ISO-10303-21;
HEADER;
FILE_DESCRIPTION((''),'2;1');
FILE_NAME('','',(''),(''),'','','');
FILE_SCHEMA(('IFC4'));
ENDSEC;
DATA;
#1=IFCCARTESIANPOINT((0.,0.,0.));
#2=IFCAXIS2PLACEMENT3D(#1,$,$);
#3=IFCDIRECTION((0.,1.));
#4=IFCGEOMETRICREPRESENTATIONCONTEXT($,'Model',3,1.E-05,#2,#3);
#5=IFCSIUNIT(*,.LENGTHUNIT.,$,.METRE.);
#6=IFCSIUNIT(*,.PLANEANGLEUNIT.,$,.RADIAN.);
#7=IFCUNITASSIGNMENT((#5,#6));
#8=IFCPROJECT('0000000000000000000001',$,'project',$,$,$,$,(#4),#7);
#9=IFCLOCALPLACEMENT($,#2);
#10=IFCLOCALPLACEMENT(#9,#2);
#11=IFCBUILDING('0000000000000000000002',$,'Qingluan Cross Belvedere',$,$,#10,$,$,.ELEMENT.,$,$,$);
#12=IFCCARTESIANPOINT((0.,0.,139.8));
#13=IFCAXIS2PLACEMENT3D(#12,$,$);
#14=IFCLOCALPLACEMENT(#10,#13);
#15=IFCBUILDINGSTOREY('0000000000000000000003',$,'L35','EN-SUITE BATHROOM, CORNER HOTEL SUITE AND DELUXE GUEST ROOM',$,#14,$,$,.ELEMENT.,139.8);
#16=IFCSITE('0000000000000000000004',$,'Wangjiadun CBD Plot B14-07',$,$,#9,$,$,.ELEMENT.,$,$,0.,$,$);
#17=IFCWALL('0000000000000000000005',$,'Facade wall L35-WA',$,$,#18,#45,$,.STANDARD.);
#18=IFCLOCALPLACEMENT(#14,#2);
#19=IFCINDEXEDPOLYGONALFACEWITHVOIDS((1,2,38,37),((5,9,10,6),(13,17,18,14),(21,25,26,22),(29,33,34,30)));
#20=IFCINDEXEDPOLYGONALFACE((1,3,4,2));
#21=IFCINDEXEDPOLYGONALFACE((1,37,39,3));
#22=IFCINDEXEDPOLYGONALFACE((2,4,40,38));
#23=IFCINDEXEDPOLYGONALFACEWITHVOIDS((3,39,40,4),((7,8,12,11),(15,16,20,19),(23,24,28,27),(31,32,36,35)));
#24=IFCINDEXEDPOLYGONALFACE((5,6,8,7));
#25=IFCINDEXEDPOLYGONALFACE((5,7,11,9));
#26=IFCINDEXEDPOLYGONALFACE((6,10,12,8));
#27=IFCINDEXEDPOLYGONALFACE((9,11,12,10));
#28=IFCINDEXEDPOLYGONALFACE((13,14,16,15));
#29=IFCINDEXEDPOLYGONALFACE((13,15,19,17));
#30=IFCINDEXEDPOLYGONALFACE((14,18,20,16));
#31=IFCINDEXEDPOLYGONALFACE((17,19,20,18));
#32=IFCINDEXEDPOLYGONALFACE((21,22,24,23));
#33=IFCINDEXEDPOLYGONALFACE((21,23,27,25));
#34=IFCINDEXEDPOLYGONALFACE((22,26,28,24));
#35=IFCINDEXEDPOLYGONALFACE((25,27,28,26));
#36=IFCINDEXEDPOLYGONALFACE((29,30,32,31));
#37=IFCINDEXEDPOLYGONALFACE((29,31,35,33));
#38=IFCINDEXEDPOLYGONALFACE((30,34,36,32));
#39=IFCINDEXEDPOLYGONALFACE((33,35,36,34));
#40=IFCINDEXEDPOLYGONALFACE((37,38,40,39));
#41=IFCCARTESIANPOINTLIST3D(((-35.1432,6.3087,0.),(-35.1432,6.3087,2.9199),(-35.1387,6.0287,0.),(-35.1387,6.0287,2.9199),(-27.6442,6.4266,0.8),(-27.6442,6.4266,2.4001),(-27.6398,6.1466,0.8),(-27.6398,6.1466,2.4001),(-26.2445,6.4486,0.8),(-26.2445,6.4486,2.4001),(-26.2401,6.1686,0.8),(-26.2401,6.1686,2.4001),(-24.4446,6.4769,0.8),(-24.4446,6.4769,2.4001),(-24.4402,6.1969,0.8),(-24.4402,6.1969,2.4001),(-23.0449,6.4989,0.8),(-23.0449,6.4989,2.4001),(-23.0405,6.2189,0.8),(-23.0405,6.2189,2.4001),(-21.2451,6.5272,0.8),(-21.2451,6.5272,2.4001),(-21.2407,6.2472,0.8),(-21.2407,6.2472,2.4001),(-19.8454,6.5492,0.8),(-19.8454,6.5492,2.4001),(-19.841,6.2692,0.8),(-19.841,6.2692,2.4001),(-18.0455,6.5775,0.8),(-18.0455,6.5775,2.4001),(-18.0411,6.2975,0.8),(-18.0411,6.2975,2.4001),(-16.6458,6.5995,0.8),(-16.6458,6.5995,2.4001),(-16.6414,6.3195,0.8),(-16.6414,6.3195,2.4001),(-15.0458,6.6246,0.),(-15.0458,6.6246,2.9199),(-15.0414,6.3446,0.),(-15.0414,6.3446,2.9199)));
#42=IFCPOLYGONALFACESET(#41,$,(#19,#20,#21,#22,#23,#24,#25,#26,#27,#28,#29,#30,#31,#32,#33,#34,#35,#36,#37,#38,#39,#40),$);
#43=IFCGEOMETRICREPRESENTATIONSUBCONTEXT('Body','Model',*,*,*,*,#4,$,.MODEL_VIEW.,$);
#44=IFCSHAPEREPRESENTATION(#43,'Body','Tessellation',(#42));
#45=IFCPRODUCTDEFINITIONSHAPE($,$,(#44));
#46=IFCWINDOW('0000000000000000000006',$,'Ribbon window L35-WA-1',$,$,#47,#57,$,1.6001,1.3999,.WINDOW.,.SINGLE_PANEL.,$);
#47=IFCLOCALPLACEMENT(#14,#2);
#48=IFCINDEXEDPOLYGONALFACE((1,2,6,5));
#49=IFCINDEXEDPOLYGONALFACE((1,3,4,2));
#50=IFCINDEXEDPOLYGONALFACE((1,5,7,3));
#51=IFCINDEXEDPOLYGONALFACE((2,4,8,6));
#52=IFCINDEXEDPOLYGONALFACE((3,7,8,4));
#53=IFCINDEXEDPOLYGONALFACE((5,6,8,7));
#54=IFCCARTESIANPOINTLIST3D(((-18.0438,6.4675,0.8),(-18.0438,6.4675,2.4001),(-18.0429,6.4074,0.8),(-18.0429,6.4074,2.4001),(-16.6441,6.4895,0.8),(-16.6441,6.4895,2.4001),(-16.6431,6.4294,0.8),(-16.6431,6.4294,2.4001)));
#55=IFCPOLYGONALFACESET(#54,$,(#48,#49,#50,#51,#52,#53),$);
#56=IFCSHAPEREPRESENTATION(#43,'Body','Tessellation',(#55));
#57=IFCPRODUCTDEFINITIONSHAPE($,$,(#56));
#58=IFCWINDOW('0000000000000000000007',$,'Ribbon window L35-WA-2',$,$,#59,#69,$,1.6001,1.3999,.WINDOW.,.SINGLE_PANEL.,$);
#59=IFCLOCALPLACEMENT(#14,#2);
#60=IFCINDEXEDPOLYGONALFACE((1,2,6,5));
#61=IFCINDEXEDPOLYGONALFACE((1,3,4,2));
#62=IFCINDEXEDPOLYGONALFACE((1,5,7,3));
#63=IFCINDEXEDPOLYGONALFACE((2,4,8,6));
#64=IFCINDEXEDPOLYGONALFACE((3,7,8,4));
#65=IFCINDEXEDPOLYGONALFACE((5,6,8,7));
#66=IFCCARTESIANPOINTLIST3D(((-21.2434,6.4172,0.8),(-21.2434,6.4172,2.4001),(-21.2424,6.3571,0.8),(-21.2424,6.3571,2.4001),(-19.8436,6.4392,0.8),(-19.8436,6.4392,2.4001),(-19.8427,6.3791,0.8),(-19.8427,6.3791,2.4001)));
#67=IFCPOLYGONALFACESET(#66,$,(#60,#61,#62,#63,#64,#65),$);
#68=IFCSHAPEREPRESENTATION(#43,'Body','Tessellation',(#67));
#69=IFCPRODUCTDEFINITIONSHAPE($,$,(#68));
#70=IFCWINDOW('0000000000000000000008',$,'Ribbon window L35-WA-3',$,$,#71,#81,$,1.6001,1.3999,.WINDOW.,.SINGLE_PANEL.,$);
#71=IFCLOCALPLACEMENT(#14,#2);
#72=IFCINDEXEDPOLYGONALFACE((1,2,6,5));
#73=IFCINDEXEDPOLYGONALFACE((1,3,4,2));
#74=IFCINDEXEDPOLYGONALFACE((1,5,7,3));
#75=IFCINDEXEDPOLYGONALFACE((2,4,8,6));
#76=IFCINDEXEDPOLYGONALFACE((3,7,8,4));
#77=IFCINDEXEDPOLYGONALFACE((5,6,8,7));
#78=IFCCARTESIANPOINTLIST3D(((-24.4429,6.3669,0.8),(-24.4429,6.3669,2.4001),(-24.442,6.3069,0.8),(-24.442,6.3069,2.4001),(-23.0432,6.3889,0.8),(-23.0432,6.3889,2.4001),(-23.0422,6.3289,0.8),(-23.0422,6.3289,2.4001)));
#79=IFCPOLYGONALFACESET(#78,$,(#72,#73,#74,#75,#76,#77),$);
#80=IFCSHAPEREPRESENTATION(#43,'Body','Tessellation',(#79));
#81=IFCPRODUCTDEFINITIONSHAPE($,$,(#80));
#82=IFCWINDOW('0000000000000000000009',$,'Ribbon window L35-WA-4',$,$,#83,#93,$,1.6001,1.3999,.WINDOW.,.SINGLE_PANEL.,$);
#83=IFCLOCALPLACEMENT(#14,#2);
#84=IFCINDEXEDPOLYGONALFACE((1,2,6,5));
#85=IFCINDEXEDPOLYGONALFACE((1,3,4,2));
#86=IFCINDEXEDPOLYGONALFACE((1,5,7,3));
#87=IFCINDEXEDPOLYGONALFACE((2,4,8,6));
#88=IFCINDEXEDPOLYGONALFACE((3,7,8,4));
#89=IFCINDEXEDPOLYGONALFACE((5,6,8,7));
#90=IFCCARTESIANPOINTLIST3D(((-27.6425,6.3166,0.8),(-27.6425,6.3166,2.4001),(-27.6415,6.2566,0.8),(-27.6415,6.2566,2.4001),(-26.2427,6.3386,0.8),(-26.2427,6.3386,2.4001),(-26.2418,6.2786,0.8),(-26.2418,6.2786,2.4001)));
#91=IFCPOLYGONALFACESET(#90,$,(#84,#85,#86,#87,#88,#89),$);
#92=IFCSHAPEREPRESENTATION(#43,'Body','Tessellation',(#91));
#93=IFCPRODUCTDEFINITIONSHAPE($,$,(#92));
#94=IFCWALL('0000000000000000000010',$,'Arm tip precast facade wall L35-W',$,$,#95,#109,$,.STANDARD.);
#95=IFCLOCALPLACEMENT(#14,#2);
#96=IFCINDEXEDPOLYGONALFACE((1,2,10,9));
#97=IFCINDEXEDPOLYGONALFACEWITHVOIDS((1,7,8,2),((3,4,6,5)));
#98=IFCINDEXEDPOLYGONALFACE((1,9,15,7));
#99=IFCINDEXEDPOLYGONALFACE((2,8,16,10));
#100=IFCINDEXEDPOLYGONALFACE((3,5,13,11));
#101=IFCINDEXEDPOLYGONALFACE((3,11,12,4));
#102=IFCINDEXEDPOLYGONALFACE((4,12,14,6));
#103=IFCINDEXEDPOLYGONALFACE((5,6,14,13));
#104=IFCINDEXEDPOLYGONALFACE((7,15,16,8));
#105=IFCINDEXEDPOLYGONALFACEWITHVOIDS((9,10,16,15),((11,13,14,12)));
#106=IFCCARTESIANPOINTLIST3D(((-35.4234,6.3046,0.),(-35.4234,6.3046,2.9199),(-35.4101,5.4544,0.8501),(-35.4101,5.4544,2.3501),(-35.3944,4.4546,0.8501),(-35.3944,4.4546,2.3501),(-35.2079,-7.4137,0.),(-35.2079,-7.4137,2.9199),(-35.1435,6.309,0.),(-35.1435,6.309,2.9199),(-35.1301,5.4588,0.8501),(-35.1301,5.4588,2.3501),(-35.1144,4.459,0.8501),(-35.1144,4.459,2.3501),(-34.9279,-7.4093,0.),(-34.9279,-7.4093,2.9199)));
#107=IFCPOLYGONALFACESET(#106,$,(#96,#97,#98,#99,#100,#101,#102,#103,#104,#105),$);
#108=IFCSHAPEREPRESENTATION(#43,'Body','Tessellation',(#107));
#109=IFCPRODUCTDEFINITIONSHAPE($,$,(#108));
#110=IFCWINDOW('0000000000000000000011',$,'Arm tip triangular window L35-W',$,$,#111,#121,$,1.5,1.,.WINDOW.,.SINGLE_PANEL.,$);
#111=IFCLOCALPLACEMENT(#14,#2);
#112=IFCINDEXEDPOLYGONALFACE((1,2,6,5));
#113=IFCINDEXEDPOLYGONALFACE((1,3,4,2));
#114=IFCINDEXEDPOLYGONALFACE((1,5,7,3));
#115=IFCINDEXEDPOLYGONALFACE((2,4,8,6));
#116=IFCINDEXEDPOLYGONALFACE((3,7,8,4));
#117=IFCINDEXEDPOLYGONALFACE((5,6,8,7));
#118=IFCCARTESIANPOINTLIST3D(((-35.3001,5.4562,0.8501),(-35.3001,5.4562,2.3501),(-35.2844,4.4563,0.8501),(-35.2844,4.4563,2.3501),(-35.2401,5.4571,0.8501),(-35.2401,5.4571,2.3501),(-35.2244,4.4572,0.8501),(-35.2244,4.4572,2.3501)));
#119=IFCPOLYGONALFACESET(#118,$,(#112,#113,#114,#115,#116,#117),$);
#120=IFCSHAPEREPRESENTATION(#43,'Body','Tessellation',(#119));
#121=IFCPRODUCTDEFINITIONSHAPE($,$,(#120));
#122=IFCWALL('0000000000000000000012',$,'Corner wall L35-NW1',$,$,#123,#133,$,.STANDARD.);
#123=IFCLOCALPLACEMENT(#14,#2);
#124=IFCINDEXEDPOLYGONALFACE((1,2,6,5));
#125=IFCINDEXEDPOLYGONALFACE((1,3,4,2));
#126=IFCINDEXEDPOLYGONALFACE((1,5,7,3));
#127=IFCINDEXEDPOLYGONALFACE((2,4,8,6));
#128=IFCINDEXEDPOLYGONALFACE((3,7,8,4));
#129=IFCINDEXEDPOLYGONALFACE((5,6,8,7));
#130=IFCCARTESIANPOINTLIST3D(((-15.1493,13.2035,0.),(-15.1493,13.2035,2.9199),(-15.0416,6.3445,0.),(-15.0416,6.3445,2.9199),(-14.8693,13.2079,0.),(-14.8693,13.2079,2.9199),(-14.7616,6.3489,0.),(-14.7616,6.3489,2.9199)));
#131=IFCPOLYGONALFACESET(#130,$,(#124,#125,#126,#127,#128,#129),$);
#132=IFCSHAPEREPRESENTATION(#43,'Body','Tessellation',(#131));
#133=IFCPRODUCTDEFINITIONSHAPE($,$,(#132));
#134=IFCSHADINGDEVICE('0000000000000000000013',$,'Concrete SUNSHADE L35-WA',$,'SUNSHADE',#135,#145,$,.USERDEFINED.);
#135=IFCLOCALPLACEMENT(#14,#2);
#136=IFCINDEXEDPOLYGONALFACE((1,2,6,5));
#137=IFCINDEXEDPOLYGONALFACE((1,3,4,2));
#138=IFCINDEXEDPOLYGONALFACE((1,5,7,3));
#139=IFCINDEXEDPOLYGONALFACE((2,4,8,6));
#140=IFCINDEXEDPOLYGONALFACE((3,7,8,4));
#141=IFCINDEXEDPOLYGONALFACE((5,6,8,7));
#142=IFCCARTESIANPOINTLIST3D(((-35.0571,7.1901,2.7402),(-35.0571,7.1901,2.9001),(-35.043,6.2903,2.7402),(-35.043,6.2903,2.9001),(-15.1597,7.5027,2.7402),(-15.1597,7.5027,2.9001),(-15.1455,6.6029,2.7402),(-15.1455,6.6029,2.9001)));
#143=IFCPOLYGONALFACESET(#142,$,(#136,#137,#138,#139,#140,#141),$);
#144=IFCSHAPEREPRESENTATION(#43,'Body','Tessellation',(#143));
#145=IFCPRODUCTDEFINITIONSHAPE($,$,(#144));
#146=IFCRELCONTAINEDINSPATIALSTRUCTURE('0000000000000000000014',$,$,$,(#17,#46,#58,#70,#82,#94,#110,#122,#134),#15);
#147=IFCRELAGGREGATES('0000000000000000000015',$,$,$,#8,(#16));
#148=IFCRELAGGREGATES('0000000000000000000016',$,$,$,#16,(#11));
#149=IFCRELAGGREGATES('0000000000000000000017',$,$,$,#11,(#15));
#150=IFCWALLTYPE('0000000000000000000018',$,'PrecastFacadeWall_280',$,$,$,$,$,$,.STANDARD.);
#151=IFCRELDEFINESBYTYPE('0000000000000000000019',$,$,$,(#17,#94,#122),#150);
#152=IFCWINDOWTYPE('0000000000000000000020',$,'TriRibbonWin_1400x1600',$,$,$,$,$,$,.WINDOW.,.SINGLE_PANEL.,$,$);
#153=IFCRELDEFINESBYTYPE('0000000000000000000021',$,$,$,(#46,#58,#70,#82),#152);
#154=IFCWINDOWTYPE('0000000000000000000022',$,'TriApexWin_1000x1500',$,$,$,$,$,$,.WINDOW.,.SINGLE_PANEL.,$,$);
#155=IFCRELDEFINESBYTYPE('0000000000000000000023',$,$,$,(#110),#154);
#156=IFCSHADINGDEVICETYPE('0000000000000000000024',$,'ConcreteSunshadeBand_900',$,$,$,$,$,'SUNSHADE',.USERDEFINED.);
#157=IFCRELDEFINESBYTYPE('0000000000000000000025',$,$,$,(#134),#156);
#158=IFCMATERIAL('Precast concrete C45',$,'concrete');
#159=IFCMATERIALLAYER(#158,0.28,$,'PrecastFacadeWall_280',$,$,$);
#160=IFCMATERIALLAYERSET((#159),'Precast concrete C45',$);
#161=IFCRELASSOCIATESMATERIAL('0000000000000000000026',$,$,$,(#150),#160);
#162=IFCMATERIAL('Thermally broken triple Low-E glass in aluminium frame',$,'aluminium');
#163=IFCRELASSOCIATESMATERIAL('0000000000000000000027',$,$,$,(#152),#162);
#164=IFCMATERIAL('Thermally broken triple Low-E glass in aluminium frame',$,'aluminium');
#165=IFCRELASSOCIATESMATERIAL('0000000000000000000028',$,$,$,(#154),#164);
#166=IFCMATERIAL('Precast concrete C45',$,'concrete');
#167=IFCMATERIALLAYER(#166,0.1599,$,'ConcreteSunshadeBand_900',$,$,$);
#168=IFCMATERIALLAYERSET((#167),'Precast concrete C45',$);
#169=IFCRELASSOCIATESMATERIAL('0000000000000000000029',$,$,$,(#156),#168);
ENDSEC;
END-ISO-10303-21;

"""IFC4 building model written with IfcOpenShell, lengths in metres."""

from ifc_helpers import new_model, si_unit, direction, frame, frame_2d, origin, origin_2d, place, context, subcontext, project, spatial, rectangle, extrude, material, layer, layer_set, type_object, element, fill, save


model = new_model("IFC4")

# Units and contexts
model_context = context("Model", 3, precision=1e-05, world=origin(), true_north=direction((0.0, 1.0)))
body_context = subcontext(model_context, "Body", "Model", "MODEL_VIEW")
ifc_project = project(units=[si_unit("LENGTHUNIT", "METRE"), si_unit("PLANEANGLEUNIT", "RADIAN")], contexts=[model_context])

# Site, building, storey
site_placement = place(None, origin())
site = spatial("IfcSite", under=ifc_project, at=site_placement, Name="Wangjiadun CBD Plot B14-07", CompositionType="ELEMENT", RefElevation=0.0)
building_placement = place(site_placement, origin())
building = spatial("IfcBuilding", under=site, at=building_placement, Name="Qingluan Cross Belvedere", CompositionType="ELEMENT")
storey_placement = place(building_placement, frame((0.0, 0.0, 139.8)))
storey = spatial("IfcBuildingStorey", under=building, at=storey_placement, Name="L35", Description="EN-SUITE BATHROOM, CORNER HOTEL SUITE AND DELUXE GUEST ROOM", CompositionType="ELEMENT", Elevation=139.8)

# Wall, openings, windows
ifc_material_1 = material(Name="Precast concrete C45", Category="concrete")
ifc_layer_1 = layer(ifc_material_1, 0.28, Name="PrecastFacadeWall_280")
ifc_layer_set_1 = layer_set([ifc_layer_1], Name="Precast concrete C45")
wall_type_1 = type_object("IfcWallType", Name="PrecastFacadeWall_280", PredefinedType="STANDARD", material=ifc_layer_set_1)
wall_1_placement = place(storey_placement, frame((-15.0437, 6.4846, 0.0), z_axis=(0.0, 0.0, 1.0), x_axis=(-0.999876, -0.015717, 0.0)))
wall_1 = element("IfcWall", 1, at=wall_1_placement, inside=storey, type_object=wall_type_1, Name="Facade wall L35-WA", PredefinedType="STANDARD", context=body_context, shape_type="SweptSolid", body=[
    extrude(rectangle(XDim=20.0999, YDim=0.28, at=frame_2d((10.0498, 0.0))), origin(), (0.0, 0.0, 1.0), 2.9199),
])
opening_1_placement = place(wall_1_placement, frame((1.6001, 0.0, 0.8)))
opening_1 = element("IfcOpeningElement", 2, at=opening_1_placement, cuts=wall_1, PredefinedType="OPENING", context=body_context, shape_type="SweptSolid", body=[
    extrude(rectangle(XDim=1.3999, YDim=1.6001, at=frame_2d((0.7, 0.8))), frame((0.0, 0.1499, 0.0), z_axis=(0.0, -1.0, 0.0), x_axis=(1.0, 0.0, 0.0)), (0.0, 0.0, 1.0), 0.3),
])
opening_2_placement = place(wall_1_placement, frame((4.8, 0.0, 0.8)))
opening_2 = element("IfcOpeningElement", 3, at=opening_2_placement, cuts=wall_1, PredefinedType="OPENING", context=body_context, shape_type="SweptSolid", body=[
    extrude(rectangle(XDim=1.3999, YDim=1.6001, at=frame_2d((0.7, 0.8))), frame((0.0, 0.1499, 0.0), z_axis=(0.0, -1.0, 0.0), x_axis=(1.0, 0.0, 0.0)), (0.0, 0.0, 1.0), 0.3),
])
opening_3_placement = place(wall_1_placement, frame((8.0, 0.0, 0.8)))
opening_3 = element("IfcOpeningElement", 4, at=opening_3_placement, cuts=wall_1, PredefinedType="OPENING", context=body_context, shape_type="SweptSolid", body=[
    extrude(rectangle(XDim=1.3999, YDim=1.6001, at=frame_2d((0.7, 0.8))), frame((0.0, 0.1499, 0.0), z_axis=(0.0, -1.0, 0.0), x_axis=(1.0, 0.0, 0.0)), (0.0, 0.0, 1.0), 0.3),
])
opening_4_placement = place(wall_1_placement, frame((11.2, 0.0, 0.8)))
opening_4 = element("IfcOpeningElement", 5, at=opening_4_placement, cuts=wall_1, PredefinedType="OPENING", context=body_context, shape_type="SweptSolid", body=[
    extrude(rectangle(XDim=1.3999, YDim=1.6001, at=frame_2d((0.7, 0.8))), frame((0.0, 0.1499, 0.0), z_axis=(0.0, -1.0, 0.0), x_axis=(1.0, 0.0, 0.0)), (0.0, 0.0, 1.0), 0.3),
])
ifc_material_2 = material(Name="Thermally broken triple Low-E glass in aluminium frame", Category="aluminium")
window_type_1 = type_object("IfcWindowType", Name="TriRibbonWin_1400x1600", PartitioningType="SINGLE_PANEL", PredefinedType="WINDOW", material=ifc_material_2)
window_1_placement = place(opening_1_placement, origin())
window_1 = element("IfcWindow", 6, at=window_1_placement, inside=storey, type_object=window_type_1, Name="Ribbon window L35-WA-1", OverallHeight=1.6001, OverallWidth=1.3999, PartitioningType="SINGLE_PANEL", PredefinedType="WINDOW", context=body_context, shape_type="SweptSolid", body=[
    extrude(rectangle(XDim=1.3999, YDim=1.6001, at=frame_2d((0.7, 0.8))), frame((0.0, 0.03, 0.0), z_axis=(0.0, -1.0, 0.0), x_axis=(1.0, 0.0, 0.0)), (0.0, 0.0, 1.0), 0.0601),
])
fill(opening_1, window_1)
window_2_placement = place(opening_2_placement, origin())
window_2 = element("IfcWindow", 7, at=window_2_placement, inside=storey, type_object=window_type_1, Name="Ribbon window L35-WA-2", OverallHeight=1.6001, OverallWidth=1.3999, PartitioningType="SINGLE_PANEL", PredefinedType="WINDOW", context=body_context, shape_type="SweptSolid", body=[
    extrude(rectangle(XDim=1.3999, YDim=1.6001, at=frame_2d((0.7, 0.8))), frame((0.0, 0.03, 0.0), z_axis=(0.0, -1.0, 0.0), x_axis=(1.0, 0.0, 0.0)), (0.0, 0.0, 1.0), 0.0601),
])
fill(opening_2, window_2)
window_3_placement = place(opening_3_placement, origin())
window_3 = element("IfcWindow", 8, at=window_3_placement, inside=storey, type_object=window_type_1, Name="Ribbon window L35-WA-3", OverallHeight=1.6001, OverallWidth=1.3999, PartitioningType="SINGLE_PANEL", PredefinedType="WINDOW", context=body_context, shape_type="SweptSolid", body=[
    extrude(rectangle(XDim=1.3999, YDim=1.6001, at=frame_2d((0.7, 0.8))), frame((0.0, 0.03, 0.0), z_axis=(0.0, -1.0, 0.0), x_axis=(1.0, 0.0, 0.0)), (0.0, 0.0, 1.0), 0.0601),
])
fill(opening_3, window_3)
window_4_placement = place(opening_4_placement, origin())
window_4 = element("IfcWindow", 9, at=window_4_placement, inside=storey, type_object=window_type_1, Name="Ribbon window L35-WA-4", OverallHeight=1.6001, OverallWidth=1.3999, PartitioningType="SINGLE_PANEL", PredefinedType="WINDOW", context=body_context, shape_type="SweptSolid", body=[
    extrude(rectangle(XDim=1.3999, YDim=1.6001, at=frame_2d((0.7, 0.8))), frame((0.0, 0.03, 0.0), z_axis=(0.0, -1.0, 0.0), x_axis=(1.0, 0.0, 0.0)), (0.0, 0.0, 1.0), 0.0601),
])
fill(opening_4, window_4)

# Wall, opening, window
wall_2_placement = place(storey_placement, frame((-35.2834, 6.3066, 0.0), z_axis=(0.0, 0.0, 1.0), x_axis=(0.015713, -0.999877, 0.0)))
wall_2 = element("IfcWall", 10, at=wall_2_placement, inside=storey, type_object=wall_type_1, Name="Arm tip precast facade wall L35-W", PredefinedType="STANDARD", context=body_context, shape_type="SweptSolid", body=[
    extrude(rectangle(XDim=13.72, YDim=0.28, at=frame_2d((6.8599, 0.0))), origin(), (0.0, 0.0, 1.0), 2.9199),
])
opening_5_placement = place(wall_2_placement, frame((0.8501, 0.0, 0.8501)))
opening_5 = element("IfcOpeningElement", 11, at=opening_5_placement, cuts=wall_2, PredefinedType="OPENING", context=body_context, shape_type="SweptSolid", body=[
    extrude(rectangle(XDim=1.0, YDim=1.5, at=frame_2d((0.5, 0.75))), frame((0.0, 0.1499, 0.0), z_axis=(0.0, -1.0, 0.0), x_axis=(1.0, 0.0, 0.0)), (0.0, 0.0, 1.0), 0.3),
])
ifc_material_3 = material(Name="Thermally broken triple Low-E glass in aluminium frame", Category="aluminium")
window_type_2 = type_object("IfcWindowType", Name="TriApexWin_1000x1500", PartitioningType="SINGLE_PANEL", PredefinedType="WINDOW", material=ifc_material_3)
window_5_placement = place(opening_5_placement, origin())
window_5 = element("IfcWindow", 12, at=window_5_placement, inside=storey, type_object=window_type_2, Name="Arm tip triangular window L35-W", OverallHeight=1.5, OverallWidth=1.0, PartitioningType="SINGLE_PANEL", PredefinedType="WINDOW", context=body_context, shape_type="SweptSolid", body=[
    extrude(rectangle(XDim=1.0, YDim=1.5, at=frame_2d((0.5, 0.75))), frame((0.0, 0.03, 0.0), z_axis=(0.0, -1.0, 0.0), x_axis=(1.0, 0.0, 0.0)), (0.0, 0.0, 1.0), 0.0601),
])
fill(opening_5, window_5)

# Wall
wall_3_placement = place(storey_placement, frame((-14.9016, 6.3467, 0.0), z_axis=(0.0, 0.0, 1.0), x_axis=(-0.015695, 0.999877, 0.0)))
element("IfcWall", 13, at=wall_3_placement, inside=storey, type_object=wall_type_1, Name="Corner wall L35-NW1", PredefinedType="STANDARD", context=body_context, shape_type="SweptSolid", body=[
    extrude(rectangle(XDim=6.8599, YDim=0.28, at=frame_2d((3.4299, 0.0))), origin(), (0.0, 0.0, 1.0), 2.9199),
])

# Shading device
ifc_material_4 = material(Name="Precast concrete C45", Category="concrete")
ifc_layer_2 = layer(ifc_material_4, 0.1599, Name="ConcreteSunshadeBand_900")
ifc_layer_set_2 = layer_set([ifc_layer_2], Name="Precast concrete C45")
shading_device_type = type_object("IfcShadingDeviceType", Name="ConcreteSunshadeBand_900", ElementType="SUNSHADE", PredefinedType="USERDEFINED", material=ifc_layer_set_2)
shading_device_placement = place(storey_placement, frame((-25.1013, 6.8965, 2.7402), z_axis=(0.0, 0.0, 1.0), x_axis=(-0.999877, -0.015706, 0.0)))
element("IfcShadingDevice", 14, at=shading_device_placement, inside=storey, type_object=shading_device_type, Name="Concrete SUNSHADE L35-WA", ObjectType="SUNSHADE", PredefinedType="USERDEFINED", context=body_context, shape_type="SweptSolid", body=[
    extrude(rectangle(XDim=19.8999, YDim=0.8999, at=origin_2d()), origin(), (0.0, 0.0, 1.0), 0.1599),
])

save(model, "model.ifc")
